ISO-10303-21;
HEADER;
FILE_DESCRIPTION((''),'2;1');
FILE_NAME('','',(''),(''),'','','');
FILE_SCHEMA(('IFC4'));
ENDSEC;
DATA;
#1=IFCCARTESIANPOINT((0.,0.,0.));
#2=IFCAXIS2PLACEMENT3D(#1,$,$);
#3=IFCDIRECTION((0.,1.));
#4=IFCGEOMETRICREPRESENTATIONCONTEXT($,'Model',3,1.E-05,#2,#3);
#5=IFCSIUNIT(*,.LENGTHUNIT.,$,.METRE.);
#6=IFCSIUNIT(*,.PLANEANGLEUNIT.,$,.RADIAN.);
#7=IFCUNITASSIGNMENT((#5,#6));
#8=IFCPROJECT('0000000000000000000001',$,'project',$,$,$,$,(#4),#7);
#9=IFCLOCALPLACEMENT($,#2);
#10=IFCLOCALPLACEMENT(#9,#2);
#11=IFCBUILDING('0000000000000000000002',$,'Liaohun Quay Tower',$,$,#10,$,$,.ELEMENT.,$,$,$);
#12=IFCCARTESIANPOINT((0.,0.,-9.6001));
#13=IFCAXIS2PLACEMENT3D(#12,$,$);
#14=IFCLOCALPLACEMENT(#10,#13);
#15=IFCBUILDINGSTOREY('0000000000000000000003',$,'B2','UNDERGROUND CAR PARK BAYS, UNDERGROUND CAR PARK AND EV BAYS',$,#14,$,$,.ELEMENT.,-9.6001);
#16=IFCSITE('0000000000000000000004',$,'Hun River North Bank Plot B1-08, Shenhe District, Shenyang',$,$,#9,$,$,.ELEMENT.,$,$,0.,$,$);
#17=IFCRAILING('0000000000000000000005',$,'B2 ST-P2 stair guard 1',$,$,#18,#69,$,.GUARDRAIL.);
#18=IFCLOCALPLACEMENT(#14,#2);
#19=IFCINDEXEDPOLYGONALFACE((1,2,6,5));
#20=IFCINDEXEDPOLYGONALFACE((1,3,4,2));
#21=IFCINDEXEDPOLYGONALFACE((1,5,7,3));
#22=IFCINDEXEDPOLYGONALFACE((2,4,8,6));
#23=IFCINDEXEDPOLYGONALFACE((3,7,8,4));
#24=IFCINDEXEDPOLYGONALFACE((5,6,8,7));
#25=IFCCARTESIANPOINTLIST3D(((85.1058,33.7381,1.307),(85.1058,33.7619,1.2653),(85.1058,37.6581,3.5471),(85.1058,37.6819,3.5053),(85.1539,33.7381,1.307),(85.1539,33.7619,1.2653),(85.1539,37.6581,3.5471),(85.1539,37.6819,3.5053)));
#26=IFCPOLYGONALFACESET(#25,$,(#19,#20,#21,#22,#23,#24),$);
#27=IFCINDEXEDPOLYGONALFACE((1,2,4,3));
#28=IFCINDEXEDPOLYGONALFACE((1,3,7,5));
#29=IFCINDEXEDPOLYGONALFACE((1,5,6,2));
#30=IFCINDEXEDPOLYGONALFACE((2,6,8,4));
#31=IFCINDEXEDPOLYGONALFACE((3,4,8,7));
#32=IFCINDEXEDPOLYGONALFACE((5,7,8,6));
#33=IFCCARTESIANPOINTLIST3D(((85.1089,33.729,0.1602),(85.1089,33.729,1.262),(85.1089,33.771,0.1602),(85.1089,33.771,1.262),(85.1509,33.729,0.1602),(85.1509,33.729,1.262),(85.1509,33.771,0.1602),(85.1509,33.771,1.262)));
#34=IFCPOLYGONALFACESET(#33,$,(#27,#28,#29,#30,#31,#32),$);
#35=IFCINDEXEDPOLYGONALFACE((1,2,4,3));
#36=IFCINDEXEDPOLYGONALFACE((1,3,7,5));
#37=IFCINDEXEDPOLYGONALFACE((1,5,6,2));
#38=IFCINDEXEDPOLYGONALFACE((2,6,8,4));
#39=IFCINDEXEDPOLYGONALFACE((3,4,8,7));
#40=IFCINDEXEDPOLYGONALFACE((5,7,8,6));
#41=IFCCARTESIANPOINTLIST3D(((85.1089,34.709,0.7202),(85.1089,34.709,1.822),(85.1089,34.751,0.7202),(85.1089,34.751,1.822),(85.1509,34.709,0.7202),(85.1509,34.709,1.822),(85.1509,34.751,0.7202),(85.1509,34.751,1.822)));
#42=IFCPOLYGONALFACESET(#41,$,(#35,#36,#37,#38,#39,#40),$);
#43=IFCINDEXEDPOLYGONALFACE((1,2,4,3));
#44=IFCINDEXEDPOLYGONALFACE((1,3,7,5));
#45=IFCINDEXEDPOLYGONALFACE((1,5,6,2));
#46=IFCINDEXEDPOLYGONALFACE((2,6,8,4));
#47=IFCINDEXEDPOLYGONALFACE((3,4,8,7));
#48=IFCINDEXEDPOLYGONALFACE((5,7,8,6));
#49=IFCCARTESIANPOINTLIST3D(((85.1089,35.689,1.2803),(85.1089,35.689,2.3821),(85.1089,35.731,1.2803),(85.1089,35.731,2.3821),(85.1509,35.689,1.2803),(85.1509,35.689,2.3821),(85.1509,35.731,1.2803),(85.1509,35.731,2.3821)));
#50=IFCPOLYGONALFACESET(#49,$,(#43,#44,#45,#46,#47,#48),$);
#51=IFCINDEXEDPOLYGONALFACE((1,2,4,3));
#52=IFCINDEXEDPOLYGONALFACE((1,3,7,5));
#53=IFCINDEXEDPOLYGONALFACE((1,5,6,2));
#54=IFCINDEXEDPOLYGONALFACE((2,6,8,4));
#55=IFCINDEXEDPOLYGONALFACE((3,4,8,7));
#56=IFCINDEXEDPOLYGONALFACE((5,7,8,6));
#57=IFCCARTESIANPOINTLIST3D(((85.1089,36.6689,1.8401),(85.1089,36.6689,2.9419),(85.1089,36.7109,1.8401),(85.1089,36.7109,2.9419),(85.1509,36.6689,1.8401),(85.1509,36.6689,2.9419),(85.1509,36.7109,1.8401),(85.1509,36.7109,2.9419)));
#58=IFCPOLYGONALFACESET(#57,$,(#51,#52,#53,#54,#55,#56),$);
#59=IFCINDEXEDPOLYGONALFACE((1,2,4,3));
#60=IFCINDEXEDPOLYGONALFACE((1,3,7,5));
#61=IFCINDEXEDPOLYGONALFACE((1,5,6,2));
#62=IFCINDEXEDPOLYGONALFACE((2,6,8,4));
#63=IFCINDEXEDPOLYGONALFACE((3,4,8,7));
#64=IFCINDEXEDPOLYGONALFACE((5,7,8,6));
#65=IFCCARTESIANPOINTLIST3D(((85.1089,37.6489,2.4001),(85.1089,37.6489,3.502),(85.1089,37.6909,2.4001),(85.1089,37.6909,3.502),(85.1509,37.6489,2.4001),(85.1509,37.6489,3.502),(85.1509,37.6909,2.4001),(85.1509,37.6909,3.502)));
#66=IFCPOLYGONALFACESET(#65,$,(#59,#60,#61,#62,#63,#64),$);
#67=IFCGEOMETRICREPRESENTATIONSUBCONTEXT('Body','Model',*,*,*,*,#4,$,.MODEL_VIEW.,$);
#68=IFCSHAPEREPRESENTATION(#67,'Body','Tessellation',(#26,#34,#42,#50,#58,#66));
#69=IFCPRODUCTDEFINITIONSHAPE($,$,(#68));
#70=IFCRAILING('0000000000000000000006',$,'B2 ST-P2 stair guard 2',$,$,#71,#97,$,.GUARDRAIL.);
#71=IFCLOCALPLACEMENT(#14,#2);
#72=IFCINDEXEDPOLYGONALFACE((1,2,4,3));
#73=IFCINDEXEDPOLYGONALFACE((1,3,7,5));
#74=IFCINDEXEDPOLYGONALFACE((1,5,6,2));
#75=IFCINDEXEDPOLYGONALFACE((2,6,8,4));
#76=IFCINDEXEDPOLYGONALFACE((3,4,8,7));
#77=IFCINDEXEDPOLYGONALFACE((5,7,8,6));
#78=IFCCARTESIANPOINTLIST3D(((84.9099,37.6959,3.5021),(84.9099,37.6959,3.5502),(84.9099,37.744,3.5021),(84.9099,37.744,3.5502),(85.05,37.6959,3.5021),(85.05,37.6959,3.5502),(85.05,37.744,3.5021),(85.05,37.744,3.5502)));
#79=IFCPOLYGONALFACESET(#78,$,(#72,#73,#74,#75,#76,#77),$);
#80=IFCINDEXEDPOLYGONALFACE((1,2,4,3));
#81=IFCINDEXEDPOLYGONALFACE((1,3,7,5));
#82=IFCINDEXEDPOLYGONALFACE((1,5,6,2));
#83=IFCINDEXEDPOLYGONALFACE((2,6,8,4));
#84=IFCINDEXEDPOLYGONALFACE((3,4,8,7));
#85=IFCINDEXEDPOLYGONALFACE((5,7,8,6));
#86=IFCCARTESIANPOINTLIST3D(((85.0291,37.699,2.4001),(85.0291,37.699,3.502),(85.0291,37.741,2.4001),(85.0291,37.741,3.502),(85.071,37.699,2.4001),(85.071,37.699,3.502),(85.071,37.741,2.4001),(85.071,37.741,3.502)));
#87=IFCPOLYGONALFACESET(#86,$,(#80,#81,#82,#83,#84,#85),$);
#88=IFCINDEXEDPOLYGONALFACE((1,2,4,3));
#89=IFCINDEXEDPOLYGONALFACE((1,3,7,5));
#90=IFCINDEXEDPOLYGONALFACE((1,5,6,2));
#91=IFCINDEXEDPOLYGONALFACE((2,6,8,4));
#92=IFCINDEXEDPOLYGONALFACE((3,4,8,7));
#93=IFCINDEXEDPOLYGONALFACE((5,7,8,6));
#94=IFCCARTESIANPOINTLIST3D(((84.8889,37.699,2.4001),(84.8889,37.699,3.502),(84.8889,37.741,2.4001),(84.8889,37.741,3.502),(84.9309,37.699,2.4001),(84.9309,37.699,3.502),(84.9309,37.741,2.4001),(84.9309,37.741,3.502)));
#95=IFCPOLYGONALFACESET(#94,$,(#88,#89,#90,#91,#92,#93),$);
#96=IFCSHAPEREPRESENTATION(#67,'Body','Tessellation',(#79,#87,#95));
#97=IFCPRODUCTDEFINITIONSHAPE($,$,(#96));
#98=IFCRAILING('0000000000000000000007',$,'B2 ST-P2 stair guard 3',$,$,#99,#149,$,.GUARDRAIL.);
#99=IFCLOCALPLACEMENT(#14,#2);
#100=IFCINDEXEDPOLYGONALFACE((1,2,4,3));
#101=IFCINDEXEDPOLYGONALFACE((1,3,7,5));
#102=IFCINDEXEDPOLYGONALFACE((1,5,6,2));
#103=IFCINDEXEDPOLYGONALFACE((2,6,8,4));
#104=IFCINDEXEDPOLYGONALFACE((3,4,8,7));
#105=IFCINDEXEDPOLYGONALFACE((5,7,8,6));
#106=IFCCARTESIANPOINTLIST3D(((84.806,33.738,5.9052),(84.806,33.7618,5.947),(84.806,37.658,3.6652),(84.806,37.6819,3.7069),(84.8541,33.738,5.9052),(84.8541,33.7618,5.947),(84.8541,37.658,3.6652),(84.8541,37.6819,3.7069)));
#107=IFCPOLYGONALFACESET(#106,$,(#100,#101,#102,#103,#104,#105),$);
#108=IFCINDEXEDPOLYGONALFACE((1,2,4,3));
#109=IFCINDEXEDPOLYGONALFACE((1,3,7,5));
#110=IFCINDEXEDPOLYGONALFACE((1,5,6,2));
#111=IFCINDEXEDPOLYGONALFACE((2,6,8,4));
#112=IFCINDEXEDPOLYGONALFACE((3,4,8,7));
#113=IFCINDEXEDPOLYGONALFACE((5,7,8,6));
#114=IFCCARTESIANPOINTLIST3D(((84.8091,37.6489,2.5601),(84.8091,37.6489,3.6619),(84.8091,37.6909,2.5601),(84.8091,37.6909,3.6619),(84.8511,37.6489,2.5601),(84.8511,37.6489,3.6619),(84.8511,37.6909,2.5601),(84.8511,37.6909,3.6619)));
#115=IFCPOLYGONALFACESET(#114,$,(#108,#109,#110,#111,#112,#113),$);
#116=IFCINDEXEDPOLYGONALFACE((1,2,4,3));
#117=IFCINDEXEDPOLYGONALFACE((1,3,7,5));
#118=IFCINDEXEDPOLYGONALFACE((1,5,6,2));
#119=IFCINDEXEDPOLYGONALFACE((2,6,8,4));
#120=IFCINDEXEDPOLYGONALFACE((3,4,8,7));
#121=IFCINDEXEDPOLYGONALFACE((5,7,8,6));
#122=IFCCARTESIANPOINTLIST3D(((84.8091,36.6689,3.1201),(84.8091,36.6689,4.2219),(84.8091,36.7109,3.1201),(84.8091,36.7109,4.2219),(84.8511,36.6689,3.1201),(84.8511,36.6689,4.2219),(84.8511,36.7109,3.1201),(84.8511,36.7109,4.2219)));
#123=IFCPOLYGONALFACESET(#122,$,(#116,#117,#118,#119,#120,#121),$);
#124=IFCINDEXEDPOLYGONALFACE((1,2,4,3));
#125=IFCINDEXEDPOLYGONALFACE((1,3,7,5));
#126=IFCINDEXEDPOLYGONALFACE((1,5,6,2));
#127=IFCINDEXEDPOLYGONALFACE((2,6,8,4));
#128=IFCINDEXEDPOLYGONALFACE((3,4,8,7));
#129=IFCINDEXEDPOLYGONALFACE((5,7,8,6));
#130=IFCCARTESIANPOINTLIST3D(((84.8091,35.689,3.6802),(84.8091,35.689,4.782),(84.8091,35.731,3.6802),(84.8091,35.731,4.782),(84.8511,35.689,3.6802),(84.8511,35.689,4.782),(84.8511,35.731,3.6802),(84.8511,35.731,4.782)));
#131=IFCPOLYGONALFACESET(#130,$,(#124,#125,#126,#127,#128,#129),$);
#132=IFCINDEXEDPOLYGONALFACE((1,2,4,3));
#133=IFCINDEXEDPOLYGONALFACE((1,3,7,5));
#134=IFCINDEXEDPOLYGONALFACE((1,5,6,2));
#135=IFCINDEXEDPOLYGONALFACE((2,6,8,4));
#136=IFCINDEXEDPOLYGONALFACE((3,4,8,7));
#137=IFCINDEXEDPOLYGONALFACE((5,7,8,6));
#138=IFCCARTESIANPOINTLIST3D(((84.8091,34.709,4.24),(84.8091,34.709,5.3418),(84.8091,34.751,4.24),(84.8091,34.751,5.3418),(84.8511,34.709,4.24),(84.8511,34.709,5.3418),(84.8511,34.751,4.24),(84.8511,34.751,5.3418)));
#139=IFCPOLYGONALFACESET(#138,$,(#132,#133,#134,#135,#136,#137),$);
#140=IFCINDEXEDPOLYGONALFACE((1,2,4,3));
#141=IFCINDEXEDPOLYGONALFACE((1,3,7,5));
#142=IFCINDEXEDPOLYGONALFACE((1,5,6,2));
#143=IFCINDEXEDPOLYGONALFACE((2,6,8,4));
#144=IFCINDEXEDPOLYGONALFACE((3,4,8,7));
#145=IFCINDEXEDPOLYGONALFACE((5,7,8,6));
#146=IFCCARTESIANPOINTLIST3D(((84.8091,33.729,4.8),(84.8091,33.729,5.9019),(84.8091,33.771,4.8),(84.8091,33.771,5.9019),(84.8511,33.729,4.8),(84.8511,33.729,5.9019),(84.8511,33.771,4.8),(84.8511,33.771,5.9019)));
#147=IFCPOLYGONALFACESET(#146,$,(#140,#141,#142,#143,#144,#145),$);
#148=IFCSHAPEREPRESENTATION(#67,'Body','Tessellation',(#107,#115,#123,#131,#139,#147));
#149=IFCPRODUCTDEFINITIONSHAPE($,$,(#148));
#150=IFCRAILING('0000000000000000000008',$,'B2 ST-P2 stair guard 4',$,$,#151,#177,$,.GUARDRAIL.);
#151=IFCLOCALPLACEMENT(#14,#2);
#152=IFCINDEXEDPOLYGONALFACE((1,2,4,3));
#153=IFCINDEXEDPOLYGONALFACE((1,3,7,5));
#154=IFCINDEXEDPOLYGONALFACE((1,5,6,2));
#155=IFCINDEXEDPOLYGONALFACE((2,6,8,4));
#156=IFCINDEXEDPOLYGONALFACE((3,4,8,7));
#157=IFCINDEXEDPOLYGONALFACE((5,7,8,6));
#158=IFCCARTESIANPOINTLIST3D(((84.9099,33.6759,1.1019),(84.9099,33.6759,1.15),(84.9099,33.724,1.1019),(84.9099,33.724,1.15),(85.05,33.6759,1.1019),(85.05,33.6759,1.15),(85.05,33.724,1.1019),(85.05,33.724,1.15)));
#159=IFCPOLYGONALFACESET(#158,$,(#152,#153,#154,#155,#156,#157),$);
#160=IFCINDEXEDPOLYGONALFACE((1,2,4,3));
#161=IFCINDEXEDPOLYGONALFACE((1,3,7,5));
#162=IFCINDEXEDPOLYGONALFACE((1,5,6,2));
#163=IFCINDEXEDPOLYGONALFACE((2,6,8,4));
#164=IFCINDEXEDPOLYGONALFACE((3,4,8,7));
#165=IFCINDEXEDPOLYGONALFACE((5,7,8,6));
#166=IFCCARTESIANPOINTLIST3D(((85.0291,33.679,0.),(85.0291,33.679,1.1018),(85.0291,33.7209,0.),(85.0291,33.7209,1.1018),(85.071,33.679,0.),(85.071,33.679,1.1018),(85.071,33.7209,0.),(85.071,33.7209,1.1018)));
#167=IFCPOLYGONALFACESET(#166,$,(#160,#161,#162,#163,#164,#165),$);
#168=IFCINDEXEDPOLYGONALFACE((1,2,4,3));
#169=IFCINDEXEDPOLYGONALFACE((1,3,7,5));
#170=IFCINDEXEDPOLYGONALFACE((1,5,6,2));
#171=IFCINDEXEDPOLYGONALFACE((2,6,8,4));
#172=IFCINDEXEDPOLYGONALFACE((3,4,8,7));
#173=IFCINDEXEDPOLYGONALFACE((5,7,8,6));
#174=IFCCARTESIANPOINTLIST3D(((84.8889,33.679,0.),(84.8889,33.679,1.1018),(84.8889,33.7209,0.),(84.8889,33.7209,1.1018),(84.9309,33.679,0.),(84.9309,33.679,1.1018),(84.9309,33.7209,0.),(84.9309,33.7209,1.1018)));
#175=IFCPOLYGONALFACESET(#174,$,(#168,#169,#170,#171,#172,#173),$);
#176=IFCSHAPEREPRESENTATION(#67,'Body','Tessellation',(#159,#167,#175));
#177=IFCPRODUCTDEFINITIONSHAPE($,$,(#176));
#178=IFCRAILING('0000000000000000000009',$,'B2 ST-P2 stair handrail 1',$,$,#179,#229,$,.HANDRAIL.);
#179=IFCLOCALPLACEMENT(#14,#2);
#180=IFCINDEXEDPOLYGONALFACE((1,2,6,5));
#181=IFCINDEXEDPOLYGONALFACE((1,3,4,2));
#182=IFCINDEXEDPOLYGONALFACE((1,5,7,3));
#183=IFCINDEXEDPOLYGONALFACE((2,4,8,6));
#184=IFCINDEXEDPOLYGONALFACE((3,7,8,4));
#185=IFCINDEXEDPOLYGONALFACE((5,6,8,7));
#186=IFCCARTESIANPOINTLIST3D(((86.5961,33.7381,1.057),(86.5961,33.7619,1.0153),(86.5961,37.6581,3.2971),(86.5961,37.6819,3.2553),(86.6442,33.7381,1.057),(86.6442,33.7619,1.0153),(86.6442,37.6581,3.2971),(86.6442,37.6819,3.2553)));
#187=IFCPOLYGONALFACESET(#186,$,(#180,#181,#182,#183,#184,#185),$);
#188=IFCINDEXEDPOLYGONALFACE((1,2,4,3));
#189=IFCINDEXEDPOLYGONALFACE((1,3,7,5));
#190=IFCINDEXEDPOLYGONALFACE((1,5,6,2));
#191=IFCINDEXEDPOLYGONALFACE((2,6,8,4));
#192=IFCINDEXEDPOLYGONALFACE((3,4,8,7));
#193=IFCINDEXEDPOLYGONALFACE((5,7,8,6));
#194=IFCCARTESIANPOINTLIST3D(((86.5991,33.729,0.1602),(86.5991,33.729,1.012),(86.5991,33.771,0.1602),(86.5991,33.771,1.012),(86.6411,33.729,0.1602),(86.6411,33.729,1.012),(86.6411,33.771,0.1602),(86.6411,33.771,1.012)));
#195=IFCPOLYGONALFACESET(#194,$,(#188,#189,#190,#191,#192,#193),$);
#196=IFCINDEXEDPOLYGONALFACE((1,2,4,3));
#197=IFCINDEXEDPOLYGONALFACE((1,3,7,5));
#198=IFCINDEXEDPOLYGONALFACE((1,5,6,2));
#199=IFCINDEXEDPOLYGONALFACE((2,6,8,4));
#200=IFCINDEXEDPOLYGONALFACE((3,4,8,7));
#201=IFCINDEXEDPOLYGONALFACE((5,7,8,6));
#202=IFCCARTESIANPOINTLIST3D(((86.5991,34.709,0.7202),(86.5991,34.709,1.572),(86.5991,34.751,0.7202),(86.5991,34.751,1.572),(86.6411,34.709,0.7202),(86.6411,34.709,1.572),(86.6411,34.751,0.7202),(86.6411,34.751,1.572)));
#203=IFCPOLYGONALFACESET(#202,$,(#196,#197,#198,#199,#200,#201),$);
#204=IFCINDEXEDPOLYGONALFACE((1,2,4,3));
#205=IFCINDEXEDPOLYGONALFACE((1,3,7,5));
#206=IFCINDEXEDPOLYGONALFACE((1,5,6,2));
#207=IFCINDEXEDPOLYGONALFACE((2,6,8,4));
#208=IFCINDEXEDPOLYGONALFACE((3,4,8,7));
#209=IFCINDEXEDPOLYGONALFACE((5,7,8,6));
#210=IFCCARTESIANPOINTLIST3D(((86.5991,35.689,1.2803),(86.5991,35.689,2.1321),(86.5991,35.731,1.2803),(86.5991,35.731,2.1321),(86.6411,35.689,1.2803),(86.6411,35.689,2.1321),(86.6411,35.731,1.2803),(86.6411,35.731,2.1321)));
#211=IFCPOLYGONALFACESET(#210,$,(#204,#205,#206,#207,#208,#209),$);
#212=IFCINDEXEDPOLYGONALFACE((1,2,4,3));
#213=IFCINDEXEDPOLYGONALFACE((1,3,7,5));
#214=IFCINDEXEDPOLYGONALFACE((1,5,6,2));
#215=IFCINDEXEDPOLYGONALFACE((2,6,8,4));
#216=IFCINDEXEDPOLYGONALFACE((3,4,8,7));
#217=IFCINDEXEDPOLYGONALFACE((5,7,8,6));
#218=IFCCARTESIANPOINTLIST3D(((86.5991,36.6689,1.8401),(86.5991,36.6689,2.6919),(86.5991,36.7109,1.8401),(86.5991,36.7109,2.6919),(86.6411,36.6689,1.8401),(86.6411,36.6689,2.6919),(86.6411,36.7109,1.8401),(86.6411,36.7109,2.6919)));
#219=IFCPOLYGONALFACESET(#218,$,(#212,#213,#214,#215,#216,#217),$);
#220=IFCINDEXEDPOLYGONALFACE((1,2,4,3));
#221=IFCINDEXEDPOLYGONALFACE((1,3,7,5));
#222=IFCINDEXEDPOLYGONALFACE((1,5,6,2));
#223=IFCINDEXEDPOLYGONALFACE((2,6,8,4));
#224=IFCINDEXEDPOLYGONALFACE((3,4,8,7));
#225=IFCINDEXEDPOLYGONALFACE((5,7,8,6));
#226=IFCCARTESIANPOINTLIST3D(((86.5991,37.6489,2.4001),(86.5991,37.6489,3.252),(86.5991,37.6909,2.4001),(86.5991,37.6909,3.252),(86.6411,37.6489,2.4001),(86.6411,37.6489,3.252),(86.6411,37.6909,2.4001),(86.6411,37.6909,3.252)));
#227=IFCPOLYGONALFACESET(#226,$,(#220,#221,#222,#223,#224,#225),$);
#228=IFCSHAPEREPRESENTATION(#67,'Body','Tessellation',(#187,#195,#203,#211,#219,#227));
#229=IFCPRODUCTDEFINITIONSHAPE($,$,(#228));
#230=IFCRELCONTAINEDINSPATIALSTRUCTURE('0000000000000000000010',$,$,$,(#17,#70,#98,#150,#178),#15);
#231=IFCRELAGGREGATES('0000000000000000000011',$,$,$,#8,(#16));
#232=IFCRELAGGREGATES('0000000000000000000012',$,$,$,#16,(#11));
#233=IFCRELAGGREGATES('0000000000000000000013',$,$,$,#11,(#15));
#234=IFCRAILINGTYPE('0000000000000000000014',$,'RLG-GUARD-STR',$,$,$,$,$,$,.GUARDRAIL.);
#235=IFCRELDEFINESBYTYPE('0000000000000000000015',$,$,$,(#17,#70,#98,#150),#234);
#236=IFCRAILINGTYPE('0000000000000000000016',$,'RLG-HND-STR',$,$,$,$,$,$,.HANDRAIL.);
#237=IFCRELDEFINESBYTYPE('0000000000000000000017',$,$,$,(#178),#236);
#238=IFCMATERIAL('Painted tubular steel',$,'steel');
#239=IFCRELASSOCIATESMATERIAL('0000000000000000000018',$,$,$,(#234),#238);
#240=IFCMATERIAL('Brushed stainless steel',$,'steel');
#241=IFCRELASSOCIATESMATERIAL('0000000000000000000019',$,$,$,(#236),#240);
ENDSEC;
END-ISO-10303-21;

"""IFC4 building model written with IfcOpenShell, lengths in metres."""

from ifc_helpers import new_model, si_unit, direction, frame, origin, origin_2d, place, context, subcontext, project, spatial, rectangle, extrude, material, type_object, element, save


model = new_model("IFC4")

# Units and contexts
model_context = context("Model", 3, precision=1e-05, world=origin(), true_north=direction((0.0, 1.0)))
body_context = subcontext(model_context, "Body", "Model", "MODEL_VIEW")
ifc_project = project(units=[si_unit("LENGTHUNIT", "METRE"), si_unit("PLANEANGLEUNIT", "RADIAN")], contexts=[model_context])

# Site, building, storey
site_placement = place(None, origin())
site = spatial("IfcSite", under=ifc_project, at=site_placement, Name="Hun River North Bank Plot B1-08, Shenhe District, Shenyang", CompositionType="ELEMENT", RefElevation=0.0)
building_placement = place(site_placement, origin())
building = spatial("IfcBuilding", under=site, at=building_placement, Name="Liaohun Quay Tower", CompositionType="ELEMENT")
storey_placement = place(building_placement, frame((0.0, 0.0, -9.6001)))
storey = spatial("IfcBuildingStorey", under=building, at=storey_placement, Name="B2", Description="UNDERGROUND CAR PARK BAYS, UNDERGROUND CAR PARK AND EV BAYS", CompositionType="ELEMENT", Elevation=-9.6001)

# Railings
ifc_material_1 = material(Name="Painted tubular steel", Category="steel")
railing_type_1 = type_object("IfcRailingType", Name="RLG-GUARD-STR", PredefinedType="GUARDRAIL", material=ifc_material_1)
railing_1_placement = place(storey_placement, frame((85.1299, 33.75, 0.1602)))
element("IfcRailing", 1, at=railing_1_placement, inside=storey, type_object=railing_type_1, Name="B2 ST-P2 stair guard 1", PredefinedType="GUARDRAIL", context=body_context, shape_type="SweptSolid", body=[
    extrude(rectangle(XDim=0.0481, YDim=0.0481, at=origin_2d()), frame((0.0, 0.0, 1.126), z_axis=(0.0, 0.86824, 0.496145), x_axis=(-1.0, 0.0, 0.0)), (0.0, 0.0, 1.0), 4.5149),
    extrude(rectangle(XDim=0.042, YDim=0.042, at=origin_2d()), origin(), (0.0, 0.0, 1.0), 1.1018),
    extrude(rectangle(XDim=0.042, YDim=0.042, at=origin_2d()), frame((0.0, 0.98, 0.5601)), (0.0, 0.0, 1.0), 1.1018),
    extrude(rectangle(XDim=0.042, YDim=0.042, at=origin_2d()), frame((0.0, 1.96, 1.1201)), (0.0, 0.0, 1.0), 1.1018),
    extrude(rectangle(XDim=0.042, YDim=0.042, at=origin_2d()), frame((0.0, 2.9399, 1.6799)), (0.0, 0.0, 1.0), 1.1018),
    extrude(rectangle(XDim=0.042, YDim=0.042, at=origin_2d()), frame((0.0, 3.9199, 2.24)), (0.0, 0.0, 1.0), 1.1018),
])
railing_2_placement = place(storey_placement, frame((85.05, 37.72, 2.4001)))
element("IfcRailing", 2, at=railing_2_placement, inside=storey, type_object=railing_type_1, Name="B2 ST-P2 stair guard 2", PredefinedType="GUARDRAIL", context=body_context, shape_type="SweptSolid", body=[
    extrude(rectangle(XDim=0.0481, YDim=0.0481, at=origin_2d()), frame((0.0, 0.0, 1.126), z_axis=(-1.0, 0.0, 0.0), x_axis=(0.0, -1.0, 0.0)), (0.0, 0.0, 1.0), 0.1401),
    extrude(rectangle(XDim=0.042, YDim=0.042, at=origin_2d()), origin(), (0.0, 0.0, 1.0), 1.1018),
    extrude(rectangle(XDim=0.042, YDim=0.042, at=origin_2d()), frame((-0.1401, 0.0, 0.0)), (0.0, 0.0, 1.0), 1.1018),
])
railing_3_placement = place(storey_placement, frame((84.8301, 37.6699, 2.5601)))
element("IfcRailing", 3, at=railing_3_placement, inside=storey, type_object=railing_type_1, Name="B2 ST-P2 stair guard 3", PredefinedType="GUARDRAIL", context=body_context, shape_type="SweptSolid", body=[
    extrude(rectangle(XDim=0.0481, YDim=0.0481, at=origin_2d()), frame((0.0, 0.0, 1.126), z_axis=(0.0, -0.86824, 0.496145), x_axis=(1.0, 0.0, 0.0)), (0.0, 0.0, 1.0), 4.5149),
    extrude(rectangle(XDim=0.042, YDim=0.042, at=origin_2d()), origin(), (0.0, 0.0, 1.0), 1.1018),
    extrude(rectangle(XDim=0.042, YDim=0.042, at=origin_2d()), frame((0.0, -0.98, 0.5601)), (0.0, 0.0, 1.0), 1.1018),
    extrude(rectangle(XDim=0.042, YDim=0.042, at=origin_2d()), frame((0.0, -1.96, 1.1201)), (0.0, 0.0, 1.0), 1.1018),
    extrude(rectangle(XDim=0.042, YDim=0.042, at=origin_2d()), frame((0.0, -2.9399, 1.6799)), (0.0, 0.0, 1.0), 1.1018),
    extrude(rectangle(XDim=0.042, YDim=0.042, at=origin_2d()), frame((0.0, -3.9199, 2.24)), (0.0, 0.0, 1.0), 1.1018),
])
railing_4_placement = place(storey_placement, frame((85.05, 33.7, 0.0)))
element("IfcRailing", 4, at=railing_4_placement, inside=storey, type_object=railing_type_1, Name="B2 ST-P2 stair guard 4", PredefinedType="GUARDRAIL", context=body_context, shape_type="SweptSolid", body=[
    extrude(rectangle(XDim=0.0481, YDim=0.0481, at=origin_2d()), frame((0.0, 0.0, 1.126), z_axis=(-1.0, 0.0, 0.0), x_axis=(0.0, -1.0, 0.0)), (0.0, 0.0, 1.0), 0.1401),
    extrude(rectangle(XDim=0.042, YDim=0.042, at=origin_2d()), origin(), (0.0, 0.0, 1.0), 1.1018),
    extrude(rectangle(XDim=0.042, YDim=0.042, at=origin_2d()), frame((-0.1401, 0.0, 0.0)), (0.0, 0.0, 1.0), 1.1018),
])
ifc_material_2 = material(Name="Brushed stainless steel", Category="steel")
railing_type_2 = type_object("IfcRailingType", Name="RLG-HND-STR", PredefinedType="HANDRAIL", material=ifc_material_2)
railing_5_placement = place(storey_placement, frame((86.6201, 33.75, 0.1602)))
element("IfcRailing", 5, at=railing_5_placement, inside=storey, type_object=railing_type_2, Name="B2 ST-P2 stair handrail 1", PredefinedType="HANDRAIL", context=body_context, shape_type="SweptSolid", body=[
    extrude(rectangle(XDim=0.0481, YDim=0.0481, at=origin_2d()), frame((0.0, 0.0, 0.876), z_axis=(0.0, 0.86824, 0.496145), x_axis=(-1.0, 0.0, 0.0)), (0.0, 0.0, 1.0), 4.5149),
    extrude(rectangle(XDim=0.042, YDim=0.042, at=origin_2d()), origin(), (0.0, 0.0, 1.0), 0.8518),
    extrude(rectangle(XDim=0.042, YDim=0.042, at=origin_2d()), frame((0.0, 0.98, 0.5601)), (0.0, 0.0, 1.0), 0.8518),
    extrude(rectangle(XDim=0.042, YDim=0.042, at=origin_2d()), frame((0.0, 1.96, 1.1201)), (0.0, 0.0, 1.0), 0.8518),
    extrude(rectangle(XDim=0.042, YDim=0.042, at=origin_2d()), frame((0.0, 2.9399, 1.6799)), (0.0, 0.0, 1.0), 0.8518),
    extrude(rectangle(XDim=0.042, YDim=0.042, at=origin_2d()), frame((0.0, 3.9199, 2.24)), (0.0, 0.0, 1.0), 0.8518),
])

save(model, "model.ifc")
